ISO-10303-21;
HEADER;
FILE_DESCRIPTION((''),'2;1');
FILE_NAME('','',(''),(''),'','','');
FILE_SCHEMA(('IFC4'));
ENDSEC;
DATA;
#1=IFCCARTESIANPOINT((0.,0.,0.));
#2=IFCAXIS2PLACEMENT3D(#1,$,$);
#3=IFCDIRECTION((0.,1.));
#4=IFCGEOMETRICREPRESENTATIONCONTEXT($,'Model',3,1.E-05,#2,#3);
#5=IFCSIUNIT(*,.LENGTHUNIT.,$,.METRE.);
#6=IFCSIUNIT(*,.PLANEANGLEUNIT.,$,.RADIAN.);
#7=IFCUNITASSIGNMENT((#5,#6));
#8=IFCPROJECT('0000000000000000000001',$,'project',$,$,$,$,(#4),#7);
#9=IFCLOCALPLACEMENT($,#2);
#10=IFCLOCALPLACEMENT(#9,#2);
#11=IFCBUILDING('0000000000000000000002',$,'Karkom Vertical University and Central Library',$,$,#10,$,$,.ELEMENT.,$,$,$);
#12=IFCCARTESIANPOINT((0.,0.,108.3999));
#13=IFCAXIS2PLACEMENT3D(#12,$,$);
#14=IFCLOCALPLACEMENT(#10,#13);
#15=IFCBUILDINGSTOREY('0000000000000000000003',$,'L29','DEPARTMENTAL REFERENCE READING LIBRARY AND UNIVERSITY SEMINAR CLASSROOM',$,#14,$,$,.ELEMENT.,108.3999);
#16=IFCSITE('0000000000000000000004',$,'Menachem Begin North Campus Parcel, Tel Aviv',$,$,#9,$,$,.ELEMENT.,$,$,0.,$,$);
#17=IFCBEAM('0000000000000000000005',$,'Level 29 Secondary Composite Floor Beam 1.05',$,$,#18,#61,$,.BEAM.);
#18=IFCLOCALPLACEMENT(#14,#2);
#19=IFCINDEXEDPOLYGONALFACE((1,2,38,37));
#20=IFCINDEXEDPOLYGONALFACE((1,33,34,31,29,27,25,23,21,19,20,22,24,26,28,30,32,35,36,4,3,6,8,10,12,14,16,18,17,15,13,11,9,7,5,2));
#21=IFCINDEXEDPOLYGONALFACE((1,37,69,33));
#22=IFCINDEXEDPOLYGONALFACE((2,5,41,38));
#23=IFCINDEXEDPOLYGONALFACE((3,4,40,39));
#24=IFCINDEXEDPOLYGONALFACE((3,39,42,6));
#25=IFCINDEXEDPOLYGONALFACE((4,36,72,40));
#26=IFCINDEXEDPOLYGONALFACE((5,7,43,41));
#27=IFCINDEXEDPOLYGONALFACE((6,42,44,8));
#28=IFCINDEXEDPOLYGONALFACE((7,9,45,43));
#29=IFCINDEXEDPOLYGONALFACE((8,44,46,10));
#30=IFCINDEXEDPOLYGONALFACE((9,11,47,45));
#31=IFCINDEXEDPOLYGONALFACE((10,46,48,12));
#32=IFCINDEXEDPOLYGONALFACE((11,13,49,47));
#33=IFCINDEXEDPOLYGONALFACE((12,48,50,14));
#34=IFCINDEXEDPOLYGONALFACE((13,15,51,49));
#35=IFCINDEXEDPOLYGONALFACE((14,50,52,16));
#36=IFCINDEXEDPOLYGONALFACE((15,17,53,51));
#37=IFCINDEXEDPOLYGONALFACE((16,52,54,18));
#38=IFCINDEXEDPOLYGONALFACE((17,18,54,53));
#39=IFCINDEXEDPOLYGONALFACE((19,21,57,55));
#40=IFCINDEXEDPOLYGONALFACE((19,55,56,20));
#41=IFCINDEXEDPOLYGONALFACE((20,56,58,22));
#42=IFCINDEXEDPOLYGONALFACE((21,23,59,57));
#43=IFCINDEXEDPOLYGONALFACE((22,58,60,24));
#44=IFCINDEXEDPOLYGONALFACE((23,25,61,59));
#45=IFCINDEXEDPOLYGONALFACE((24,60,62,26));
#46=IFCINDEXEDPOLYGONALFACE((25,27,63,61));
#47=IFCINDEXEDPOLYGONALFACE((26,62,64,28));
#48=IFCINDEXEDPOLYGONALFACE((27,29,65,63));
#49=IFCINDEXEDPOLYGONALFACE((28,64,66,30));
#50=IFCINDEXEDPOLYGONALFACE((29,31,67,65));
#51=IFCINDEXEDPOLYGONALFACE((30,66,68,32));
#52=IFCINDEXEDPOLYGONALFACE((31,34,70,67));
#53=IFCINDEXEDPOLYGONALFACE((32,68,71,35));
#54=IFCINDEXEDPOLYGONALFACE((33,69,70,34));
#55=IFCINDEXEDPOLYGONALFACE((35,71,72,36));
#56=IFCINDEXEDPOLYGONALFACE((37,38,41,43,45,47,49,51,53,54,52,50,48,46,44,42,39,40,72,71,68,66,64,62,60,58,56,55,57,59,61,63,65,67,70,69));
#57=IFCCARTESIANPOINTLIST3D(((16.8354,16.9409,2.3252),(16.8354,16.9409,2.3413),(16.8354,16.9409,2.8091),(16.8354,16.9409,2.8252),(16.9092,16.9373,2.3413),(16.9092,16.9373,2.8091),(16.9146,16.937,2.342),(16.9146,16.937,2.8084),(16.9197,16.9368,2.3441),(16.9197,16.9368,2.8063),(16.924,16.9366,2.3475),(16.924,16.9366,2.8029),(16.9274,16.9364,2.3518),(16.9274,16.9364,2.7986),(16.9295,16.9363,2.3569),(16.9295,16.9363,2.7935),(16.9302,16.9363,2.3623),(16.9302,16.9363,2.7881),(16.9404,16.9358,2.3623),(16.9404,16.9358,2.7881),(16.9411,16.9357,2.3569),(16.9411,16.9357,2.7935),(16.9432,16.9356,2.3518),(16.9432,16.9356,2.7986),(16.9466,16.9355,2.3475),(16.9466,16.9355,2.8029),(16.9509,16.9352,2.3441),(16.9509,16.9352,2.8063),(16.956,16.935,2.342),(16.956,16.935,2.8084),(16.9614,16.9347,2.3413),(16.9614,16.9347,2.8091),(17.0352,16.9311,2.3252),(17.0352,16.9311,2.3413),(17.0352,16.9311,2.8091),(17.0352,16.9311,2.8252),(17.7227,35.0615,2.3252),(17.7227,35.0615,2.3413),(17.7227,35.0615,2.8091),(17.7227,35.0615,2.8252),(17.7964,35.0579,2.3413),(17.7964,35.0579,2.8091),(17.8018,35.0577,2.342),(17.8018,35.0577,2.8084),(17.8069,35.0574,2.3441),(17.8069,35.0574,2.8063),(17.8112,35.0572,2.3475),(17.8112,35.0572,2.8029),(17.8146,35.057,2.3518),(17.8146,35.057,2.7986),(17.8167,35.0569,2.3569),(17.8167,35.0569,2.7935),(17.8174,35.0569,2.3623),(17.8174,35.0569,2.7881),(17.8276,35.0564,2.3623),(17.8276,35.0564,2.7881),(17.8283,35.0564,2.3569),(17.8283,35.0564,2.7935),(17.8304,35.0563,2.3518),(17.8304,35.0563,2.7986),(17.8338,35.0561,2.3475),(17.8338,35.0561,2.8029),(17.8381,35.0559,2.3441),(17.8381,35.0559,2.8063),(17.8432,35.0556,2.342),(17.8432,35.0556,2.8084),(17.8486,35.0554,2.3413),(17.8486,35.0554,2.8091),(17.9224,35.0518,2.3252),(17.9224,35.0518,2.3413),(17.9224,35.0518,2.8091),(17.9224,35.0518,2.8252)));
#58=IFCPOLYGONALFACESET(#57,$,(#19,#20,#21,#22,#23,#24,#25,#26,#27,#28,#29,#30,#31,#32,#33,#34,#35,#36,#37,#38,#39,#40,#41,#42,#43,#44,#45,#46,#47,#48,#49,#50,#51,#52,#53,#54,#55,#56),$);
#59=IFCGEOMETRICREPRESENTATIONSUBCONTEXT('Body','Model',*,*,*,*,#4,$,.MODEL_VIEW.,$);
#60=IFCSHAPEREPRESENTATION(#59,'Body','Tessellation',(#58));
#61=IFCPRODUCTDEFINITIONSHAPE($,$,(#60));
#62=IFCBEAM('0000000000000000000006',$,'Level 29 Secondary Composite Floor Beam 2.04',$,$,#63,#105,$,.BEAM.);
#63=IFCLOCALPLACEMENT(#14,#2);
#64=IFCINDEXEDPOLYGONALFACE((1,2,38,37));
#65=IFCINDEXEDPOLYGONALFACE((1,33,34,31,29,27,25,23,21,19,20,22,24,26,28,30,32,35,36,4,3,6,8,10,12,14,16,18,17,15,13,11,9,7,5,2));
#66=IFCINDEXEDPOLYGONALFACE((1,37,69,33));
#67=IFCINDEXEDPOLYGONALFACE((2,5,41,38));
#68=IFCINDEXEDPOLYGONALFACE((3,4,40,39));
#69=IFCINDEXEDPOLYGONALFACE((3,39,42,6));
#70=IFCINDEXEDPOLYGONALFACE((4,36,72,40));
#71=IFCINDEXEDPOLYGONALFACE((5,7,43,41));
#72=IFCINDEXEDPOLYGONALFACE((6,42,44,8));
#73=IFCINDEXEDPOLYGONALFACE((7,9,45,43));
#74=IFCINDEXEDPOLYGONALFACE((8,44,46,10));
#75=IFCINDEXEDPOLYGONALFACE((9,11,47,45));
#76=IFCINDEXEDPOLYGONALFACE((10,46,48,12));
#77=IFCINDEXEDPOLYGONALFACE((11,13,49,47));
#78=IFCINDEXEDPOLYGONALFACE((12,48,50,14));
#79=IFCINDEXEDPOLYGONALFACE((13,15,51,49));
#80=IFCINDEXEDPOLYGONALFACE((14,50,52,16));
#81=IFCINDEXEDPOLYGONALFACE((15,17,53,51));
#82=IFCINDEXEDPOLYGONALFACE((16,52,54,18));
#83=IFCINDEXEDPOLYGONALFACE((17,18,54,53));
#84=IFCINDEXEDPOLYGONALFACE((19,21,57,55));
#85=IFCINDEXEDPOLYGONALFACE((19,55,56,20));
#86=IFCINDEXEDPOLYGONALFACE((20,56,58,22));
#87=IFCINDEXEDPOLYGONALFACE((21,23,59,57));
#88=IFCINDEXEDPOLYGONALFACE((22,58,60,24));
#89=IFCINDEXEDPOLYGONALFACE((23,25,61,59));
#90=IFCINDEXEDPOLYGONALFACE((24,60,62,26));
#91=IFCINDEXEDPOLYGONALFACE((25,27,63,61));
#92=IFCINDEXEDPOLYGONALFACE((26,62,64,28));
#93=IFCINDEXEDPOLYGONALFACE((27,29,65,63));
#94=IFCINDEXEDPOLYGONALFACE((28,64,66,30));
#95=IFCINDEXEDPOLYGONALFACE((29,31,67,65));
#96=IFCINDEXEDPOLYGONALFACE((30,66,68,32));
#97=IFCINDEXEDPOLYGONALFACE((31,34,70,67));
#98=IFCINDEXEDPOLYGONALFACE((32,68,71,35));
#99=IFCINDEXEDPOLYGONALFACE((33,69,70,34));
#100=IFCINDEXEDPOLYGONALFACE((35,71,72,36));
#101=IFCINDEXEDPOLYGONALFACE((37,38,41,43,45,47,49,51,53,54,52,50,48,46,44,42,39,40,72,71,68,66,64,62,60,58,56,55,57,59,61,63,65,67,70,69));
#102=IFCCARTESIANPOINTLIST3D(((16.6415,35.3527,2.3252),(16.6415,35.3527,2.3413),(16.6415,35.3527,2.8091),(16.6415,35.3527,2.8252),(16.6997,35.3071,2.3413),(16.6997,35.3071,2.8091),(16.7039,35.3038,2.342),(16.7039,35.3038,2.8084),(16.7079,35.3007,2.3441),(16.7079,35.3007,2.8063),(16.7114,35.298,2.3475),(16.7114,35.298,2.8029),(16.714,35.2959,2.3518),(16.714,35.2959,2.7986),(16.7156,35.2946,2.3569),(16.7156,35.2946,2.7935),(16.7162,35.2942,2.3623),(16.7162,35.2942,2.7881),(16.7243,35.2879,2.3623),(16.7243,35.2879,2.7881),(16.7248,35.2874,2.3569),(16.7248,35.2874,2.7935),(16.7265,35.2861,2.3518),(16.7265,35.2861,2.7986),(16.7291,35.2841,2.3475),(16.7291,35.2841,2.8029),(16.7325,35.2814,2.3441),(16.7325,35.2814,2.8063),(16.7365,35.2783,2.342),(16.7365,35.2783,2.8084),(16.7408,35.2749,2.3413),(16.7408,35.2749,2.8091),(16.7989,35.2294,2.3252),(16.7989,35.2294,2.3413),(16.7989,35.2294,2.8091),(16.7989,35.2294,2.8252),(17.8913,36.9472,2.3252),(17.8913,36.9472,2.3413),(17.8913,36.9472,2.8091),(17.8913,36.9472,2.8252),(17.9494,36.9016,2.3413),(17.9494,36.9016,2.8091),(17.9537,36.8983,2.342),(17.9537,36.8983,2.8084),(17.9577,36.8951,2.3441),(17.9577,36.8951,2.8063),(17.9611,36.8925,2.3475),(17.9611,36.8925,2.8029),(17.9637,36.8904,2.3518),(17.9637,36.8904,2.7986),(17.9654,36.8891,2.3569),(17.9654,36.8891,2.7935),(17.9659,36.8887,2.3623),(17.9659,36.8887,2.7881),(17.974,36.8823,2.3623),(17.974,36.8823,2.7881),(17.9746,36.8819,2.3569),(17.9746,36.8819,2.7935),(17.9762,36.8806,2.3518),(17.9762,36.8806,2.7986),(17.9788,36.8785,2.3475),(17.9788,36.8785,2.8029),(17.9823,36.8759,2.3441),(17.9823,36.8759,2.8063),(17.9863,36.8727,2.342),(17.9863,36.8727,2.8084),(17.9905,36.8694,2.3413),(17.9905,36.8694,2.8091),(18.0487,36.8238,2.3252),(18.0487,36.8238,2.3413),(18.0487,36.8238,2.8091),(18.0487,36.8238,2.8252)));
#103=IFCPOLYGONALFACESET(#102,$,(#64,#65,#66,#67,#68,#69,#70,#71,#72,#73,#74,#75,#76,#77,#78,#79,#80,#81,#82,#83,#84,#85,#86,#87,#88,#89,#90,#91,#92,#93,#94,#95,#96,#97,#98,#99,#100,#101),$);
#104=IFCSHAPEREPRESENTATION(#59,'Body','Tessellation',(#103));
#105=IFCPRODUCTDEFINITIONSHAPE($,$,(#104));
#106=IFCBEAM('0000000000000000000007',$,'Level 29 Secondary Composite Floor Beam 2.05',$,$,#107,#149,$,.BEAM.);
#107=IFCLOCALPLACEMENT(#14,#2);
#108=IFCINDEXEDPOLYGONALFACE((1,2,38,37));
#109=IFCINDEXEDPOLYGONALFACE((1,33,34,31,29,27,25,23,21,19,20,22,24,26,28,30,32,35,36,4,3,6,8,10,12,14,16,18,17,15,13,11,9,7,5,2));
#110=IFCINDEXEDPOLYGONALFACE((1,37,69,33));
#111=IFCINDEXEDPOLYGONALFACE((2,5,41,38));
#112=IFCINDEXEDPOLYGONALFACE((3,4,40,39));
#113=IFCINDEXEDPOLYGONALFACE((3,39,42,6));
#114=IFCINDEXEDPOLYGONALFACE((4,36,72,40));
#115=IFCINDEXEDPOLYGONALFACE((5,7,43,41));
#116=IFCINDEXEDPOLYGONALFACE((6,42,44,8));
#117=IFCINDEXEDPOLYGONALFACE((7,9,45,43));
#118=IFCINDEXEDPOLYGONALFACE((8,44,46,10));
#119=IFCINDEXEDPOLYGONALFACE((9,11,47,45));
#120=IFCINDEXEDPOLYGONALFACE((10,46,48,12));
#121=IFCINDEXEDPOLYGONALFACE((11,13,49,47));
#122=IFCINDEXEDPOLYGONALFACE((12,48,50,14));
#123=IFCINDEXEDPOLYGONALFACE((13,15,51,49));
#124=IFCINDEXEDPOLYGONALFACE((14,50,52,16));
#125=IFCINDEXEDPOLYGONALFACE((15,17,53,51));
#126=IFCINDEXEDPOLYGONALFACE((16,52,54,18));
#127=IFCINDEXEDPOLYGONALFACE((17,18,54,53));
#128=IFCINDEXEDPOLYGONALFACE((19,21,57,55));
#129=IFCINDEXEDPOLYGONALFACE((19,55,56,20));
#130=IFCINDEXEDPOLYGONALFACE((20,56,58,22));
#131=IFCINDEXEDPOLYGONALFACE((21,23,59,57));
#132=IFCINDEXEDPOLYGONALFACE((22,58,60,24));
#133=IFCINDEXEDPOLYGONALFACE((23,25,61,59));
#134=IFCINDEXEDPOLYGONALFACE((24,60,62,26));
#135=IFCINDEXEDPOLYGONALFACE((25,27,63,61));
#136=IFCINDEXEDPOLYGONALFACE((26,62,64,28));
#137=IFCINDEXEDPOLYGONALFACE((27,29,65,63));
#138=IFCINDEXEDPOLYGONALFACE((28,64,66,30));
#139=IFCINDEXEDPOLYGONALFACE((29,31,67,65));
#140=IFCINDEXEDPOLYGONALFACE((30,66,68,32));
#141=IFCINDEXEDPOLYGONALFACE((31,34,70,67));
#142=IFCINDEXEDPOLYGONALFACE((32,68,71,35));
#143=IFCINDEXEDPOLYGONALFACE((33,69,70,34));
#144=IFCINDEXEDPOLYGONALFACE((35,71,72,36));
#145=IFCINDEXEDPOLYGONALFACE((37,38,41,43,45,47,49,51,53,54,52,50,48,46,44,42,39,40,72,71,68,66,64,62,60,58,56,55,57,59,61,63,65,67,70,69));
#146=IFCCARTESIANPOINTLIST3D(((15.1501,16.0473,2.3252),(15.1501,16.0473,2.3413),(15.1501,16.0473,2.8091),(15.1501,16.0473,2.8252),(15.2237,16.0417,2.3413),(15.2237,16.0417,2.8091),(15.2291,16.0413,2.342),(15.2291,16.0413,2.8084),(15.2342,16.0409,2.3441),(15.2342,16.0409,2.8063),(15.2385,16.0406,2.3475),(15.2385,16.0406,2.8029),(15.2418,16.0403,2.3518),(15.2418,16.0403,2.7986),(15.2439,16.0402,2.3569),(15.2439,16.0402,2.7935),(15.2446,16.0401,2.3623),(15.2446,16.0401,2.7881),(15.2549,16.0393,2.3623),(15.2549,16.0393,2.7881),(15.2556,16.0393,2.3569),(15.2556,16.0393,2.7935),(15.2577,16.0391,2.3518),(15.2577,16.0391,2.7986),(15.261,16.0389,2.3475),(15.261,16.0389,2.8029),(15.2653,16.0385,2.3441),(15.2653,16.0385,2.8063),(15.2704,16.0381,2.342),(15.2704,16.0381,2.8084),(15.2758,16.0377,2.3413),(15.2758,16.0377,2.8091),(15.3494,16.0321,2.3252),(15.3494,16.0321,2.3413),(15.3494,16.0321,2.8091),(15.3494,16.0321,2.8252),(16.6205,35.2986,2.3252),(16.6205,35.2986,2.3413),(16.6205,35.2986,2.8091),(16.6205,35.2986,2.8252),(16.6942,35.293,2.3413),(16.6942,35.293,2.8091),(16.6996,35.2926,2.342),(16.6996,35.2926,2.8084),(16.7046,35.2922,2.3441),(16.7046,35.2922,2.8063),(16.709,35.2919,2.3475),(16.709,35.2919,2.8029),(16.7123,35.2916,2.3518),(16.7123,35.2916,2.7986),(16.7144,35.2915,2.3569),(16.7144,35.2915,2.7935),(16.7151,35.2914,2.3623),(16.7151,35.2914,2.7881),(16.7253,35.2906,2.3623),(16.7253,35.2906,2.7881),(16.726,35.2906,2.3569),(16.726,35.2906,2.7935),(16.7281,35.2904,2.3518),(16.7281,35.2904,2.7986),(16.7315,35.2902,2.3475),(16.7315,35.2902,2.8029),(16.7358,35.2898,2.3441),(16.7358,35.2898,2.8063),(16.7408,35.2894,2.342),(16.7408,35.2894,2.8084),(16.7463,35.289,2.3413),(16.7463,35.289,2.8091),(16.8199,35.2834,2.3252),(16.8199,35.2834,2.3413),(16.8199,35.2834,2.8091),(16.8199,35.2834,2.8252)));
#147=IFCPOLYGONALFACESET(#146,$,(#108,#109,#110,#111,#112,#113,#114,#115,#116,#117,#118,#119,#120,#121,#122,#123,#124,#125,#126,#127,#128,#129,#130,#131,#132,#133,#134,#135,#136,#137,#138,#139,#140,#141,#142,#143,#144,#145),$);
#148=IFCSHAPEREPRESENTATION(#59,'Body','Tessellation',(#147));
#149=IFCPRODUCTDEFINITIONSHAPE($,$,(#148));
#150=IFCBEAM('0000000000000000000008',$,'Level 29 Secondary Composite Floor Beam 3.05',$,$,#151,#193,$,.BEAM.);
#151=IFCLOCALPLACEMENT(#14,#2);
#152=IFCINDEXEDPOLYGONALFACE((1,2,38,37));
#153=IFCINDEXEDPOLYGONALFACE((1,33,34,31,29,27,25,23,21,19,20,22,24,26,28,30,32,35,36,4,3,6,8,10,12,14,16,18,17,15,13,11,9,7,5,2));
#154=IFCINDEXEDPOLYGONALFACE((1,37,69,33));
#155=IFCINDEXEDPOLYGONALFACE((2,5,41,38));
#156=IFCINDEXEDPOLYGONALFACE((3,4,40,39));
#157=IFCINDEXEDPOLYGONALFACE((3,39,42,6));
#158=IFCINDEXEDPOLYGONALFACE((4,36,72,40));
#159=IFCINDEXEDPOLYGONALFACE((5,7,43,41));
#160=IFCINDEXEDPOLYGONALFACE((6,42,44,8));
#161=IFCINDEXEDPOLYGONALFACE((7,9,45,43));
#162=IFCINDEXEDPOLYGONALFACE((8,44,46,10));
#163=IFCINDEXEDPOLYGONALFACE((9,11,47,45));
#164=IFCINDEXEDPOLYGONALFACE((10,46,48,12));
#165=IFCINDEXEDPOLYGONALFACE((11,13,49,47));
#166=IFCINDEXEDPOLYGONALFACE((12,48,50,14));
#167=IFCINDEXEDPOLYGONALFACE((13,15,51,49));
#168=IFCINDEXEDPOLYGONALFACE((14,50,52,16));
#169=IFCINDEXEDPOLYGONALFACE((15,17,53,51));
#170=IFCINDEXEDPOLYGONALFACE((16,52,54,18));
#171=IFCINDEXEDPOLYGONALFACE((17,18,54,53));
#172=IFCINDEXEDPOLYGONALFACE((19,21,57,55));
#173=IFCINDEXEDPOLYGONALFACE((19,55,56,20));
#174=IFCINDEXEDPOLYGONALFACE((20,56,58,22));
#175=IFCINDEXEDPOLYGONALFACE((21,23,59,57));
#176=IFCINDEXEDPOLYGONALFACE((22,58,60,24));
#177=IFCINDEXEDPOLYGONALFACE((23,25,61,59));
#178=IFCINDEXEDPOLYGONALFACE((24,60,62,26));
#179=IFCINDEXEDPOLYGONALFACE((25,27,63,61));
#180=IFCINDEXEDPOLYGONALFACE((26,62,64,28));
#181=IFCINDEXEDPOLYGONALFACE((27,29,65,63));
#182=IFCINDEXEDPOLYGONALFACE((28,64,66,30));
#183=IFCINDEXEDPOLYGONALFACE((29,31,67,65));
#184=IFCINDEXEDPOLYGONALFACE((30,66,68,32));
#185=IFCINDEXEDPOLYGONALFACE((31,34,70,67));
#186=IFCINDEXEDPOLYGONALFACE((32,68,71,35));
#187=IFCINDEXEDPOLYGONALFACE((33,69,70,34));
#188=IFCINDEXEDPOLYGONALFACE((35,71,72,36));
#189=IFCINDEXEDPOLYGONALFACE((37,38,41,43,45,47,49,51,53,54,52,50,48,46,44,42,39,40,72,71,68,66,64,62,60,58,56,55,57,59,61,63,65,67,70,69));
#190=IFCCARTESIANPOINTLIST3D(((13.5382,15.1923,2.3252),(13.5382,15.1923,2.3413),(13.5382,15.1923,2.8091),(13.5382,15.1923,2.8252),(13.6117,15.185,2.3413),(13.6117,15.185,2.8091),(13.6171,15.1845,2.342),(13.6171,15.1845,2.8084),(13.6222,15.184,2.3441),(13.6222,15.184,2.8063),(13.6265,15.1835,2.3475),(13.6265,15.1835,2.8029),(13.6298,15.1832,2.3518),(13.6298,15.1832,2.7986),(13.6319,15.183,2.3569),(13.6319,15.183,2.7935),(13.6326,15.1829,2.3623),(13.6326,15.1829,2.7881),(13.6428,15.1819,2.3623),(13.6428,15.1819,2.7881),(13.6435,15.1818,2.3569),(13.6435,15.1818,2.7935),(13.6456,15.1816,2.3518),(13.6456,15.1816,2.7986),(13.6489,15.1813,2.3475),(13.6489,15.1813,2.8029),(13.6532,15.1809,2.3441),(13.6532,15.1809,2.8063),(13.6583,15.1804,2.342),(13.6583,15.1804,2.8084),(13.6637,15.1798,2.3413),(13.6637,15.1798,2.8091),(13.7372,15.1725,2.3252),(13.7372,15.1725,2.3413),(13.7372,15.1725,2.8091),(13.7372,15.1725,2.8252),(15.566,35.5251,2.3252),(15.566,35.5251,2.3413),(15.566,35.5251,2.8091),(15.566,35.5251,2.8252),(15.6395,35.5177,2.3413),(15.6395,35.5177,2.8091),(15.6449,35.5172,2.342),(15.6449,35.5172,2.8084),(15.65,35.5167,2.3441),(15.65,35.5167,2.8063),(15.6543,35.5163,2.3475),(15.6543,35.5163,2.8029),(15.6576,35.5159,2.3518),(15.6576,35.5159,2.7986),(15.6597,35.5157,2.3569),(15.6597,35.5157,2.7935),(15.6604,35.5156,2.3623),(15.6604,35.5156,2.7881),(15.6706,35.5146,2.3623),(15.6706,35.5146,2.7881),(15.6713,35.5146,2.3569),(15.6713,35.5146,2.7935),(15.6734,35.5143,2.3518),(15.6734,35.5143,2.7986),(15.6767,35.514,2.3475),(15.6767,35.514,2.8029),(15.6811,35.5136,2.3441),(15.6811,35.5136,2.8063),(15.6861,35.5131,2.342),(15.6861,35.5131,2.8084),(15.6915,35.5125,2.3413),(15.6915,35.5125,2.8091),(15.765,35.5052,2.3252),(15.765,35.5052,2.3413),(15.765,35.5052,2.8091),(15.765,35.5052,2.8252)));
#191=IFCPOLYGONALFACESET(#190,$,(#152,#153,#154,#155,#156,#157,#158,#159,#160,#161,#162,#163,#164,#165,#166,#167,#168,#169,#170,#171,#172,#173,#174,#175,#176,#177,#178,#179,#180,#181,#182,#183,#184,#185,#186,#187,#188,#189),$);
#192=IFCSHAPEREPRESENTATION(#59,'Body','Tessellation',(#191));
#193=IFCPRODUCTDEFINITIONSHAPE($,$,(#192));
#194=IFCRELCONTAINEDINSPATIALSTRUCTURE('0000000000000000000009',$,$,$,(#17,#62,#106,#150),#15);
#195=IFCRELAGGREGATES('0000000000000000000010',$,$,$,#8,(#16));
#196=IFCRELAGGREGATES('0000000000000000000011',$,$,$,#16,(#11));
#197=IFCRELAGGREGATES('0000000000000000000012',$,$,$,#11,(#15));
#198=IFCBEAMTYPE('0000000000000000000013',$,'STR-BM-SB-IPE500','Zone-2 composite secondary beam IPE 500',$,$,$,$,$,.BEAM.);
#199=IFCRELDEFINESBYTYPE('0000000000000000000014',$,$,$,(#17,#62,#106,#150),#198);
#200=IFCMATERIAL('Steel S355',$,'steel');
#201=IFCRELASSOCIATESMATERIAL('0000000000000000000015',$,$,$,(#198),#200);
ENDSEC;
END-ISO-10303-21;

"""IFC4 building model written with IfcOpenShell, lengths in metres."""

from ifc_helpers import new_model, si_unit, direction, frame, origin, origin_with_axes, origin_2d, place, context, subcontext, project, spatial, i_section, extrude, source, transform, mapped, material, material_profile, profile_set, type_object, element, save


model = new_model("IFC4")

# Units and contexts
model_context = context("Model", 3, precision=1e-05, world=origin(), true_north=direction((0.0, 1.0)))
body_context = subcontext(model_context, "Body", "Model", "MODEL_VIEW")
ifc_project = project(units=[si_unit("LENGTHUNIT", "METRE"), si_unit("PLANEANGLEUNIT", "RADIAN")], contexts=[model_context])

# Site, building, storey
site_placement = place(None, origin())
site = spatial("IfcSite", under=ifc_project, at=site_placement, Name="Menachem Begin North Campus Parcel, Tel Aviv", CompositionType="ELEMENT", RefElevation=0.0)
building_placement = place(site_placement, origin())
building = spatial("IfcBuilding", under=site, at=building_placement, Name="Karkom Vertical University and Central Library", CompositionType="ELEMENT")
storey_placement = place(building_placement, frame((0.0, 0.0, 108.3999)))
storey = spatial("IfcBuildingStorey", under=building, at=storey_placement, Name="L29", Description="DEPARTMENTAL REFERENCE READING LIBRARY AND UNIVERSITY SEMINAR CLASSROOM", CompositionType="ELEMENT", Elevation=108.3999)

# Beams
ifc_material_1 = material(Name="Steel S355", Category="steel")
ifc_material_profile_1 = material_profile(ifc_material_1, i_section(OverallWidth=0.2, OverallDepth=0.5, WebThickness=0.0103, FlangeThickness=0.0161, FilletRadius=0.021, at=origin_2d()), Name="IPE 500")
ifc_profile_set_1 = profile_set([ifc_material_profile_1], Name="Steel S355")
beam_type_1 = type_object("IfcBeamType", Name="STR-BM-SB-IPE500", Description="Zone-2 composite secondary beam IPE 500", PredefinedType="BEAM", material=ifc_profile_set_1)
shared_shape_1 = source(origin_with_axes(), body_context, "Body", "SweptSolid", [
    extrude(i_section(OverallWidth=0.2, OverallDepth=0.5, WebThickness=0.0103, FlangeThickness=0.0161, FilletRadius=0.021, at=origin_2d()), origin(), (0.0, 0.0, 1.0), 18.1423),
])
beam_1_placement = place(storey_placement, frame((17.8225, 35.0566, 2.5752), z_axis=(-0.048903, -0.998804, 0.0), x_axis=(0.998804, -0.048903, 0.0)))
element("IfcBeam", 1, at=beam_1_placement, inside=storey, type_object=beam_type_1, Name="Level 29 Secondary Composite Floor Beam 1.05", PredefinedType="BEAM", context=body_context, shape_type="MappedRepresentation", body=[
    mapped(shared_shape_1, transform((0.0, 0.0, 0.0), scale=1.0)),
])
shared_shape_2 = source(origin_with_axes(), body_context, "Body", "SweptSolid", [
    extrude(i_section(OverallWidth=0.2, OverallDepth=0.5, WebThickness=0.0103, FlangeThickness=0.0161, FilletRadius=0.021, at=origin_2d()), origin(), (0.0, 0.0, 1.0), 2.0259),
])
beam_2_placement = place(storey_placement, frame((17.97, 36.8855, 2.5752), z_axis=(-0.61689, -0.78705, 0.0), x_axis=(0.78705, -0.61689, 0.0)))
element("IfcBeam", 2, at=beam_2_placement, inside=storey, type_object=beam_type_1, Name="Level 29 Secondary Composite Floor Beam 2.04", PredefinedType="BEAM", context=body_context, shape_type="MappedRepresentation", body=[
    mapped(shared_shape_2, transform((0.0, 0.0, 0.0), scale=1.0)),
])
shared_shape_3 = source(origin_with_axes(), body_context, "Body", "SweptSolid", [
    extrude(i_section(OverallWidth=0.2, OverallDepth=0.5, WebThickness=0.0103, FlangeThickness=0.0161, FilletRadius=0.021, at=origin_2d()), origin(), (0.0, 0.0, 1.0), 19.3074),
])
beam_3_placement = place(storey_placement, frame((16.7202, 35.291, 2.5752), z_axis=(-0.076161, -0.997096, 0.0), x_axis=(0.997096, -0.076161, 0.0)))
element("IfcBeam", 3, at=beam_3_placement, inside=storey, type_object=beam_type_1, Name="Level 29 Secondary Composite Floor Beam 2.05", PredefinedType="BEAM", context=body_context, shape_type="MappedRepresentation", body=[
    mapped(shared_shape_3, transform((0.0, 0.0, 0.0), scale=1.0)),
])
shared_shape_4 = source(origin_with_axes(), body_context, "Body", "SweptSolid", [
    extrude(i_section(OverallWidth=0.2, OverallDepth=0.5, WebThickness=0.0103, FlangeThickness=0.0161, FilletRadius=0.021, at=origin_2d()), origin(), (0.0, 0.0, 1.0), 20.4336),
])
beam_4_placement = place(storey_placement, frame((15.6655, 35.5151, 2.5752), z_axis=(-0.09924, -0.995064, 0.0), x_axis=(0.995064, -0.09924, 0.0)))
element("IfcBeam", 4, at=beam_4_placement, inside=storey, type_object=beam_type_1, Name="Level 29 Secondary Composite Floor Beam 3.05", PredefinedType="BEAM", context=body_context, shape_type="MappedRepresentation", body=[
    mapped(shared_shape_4, transform((0.0, 0.0, 0.0), scale=1.0)),
])

save(model, "model.ifc")
